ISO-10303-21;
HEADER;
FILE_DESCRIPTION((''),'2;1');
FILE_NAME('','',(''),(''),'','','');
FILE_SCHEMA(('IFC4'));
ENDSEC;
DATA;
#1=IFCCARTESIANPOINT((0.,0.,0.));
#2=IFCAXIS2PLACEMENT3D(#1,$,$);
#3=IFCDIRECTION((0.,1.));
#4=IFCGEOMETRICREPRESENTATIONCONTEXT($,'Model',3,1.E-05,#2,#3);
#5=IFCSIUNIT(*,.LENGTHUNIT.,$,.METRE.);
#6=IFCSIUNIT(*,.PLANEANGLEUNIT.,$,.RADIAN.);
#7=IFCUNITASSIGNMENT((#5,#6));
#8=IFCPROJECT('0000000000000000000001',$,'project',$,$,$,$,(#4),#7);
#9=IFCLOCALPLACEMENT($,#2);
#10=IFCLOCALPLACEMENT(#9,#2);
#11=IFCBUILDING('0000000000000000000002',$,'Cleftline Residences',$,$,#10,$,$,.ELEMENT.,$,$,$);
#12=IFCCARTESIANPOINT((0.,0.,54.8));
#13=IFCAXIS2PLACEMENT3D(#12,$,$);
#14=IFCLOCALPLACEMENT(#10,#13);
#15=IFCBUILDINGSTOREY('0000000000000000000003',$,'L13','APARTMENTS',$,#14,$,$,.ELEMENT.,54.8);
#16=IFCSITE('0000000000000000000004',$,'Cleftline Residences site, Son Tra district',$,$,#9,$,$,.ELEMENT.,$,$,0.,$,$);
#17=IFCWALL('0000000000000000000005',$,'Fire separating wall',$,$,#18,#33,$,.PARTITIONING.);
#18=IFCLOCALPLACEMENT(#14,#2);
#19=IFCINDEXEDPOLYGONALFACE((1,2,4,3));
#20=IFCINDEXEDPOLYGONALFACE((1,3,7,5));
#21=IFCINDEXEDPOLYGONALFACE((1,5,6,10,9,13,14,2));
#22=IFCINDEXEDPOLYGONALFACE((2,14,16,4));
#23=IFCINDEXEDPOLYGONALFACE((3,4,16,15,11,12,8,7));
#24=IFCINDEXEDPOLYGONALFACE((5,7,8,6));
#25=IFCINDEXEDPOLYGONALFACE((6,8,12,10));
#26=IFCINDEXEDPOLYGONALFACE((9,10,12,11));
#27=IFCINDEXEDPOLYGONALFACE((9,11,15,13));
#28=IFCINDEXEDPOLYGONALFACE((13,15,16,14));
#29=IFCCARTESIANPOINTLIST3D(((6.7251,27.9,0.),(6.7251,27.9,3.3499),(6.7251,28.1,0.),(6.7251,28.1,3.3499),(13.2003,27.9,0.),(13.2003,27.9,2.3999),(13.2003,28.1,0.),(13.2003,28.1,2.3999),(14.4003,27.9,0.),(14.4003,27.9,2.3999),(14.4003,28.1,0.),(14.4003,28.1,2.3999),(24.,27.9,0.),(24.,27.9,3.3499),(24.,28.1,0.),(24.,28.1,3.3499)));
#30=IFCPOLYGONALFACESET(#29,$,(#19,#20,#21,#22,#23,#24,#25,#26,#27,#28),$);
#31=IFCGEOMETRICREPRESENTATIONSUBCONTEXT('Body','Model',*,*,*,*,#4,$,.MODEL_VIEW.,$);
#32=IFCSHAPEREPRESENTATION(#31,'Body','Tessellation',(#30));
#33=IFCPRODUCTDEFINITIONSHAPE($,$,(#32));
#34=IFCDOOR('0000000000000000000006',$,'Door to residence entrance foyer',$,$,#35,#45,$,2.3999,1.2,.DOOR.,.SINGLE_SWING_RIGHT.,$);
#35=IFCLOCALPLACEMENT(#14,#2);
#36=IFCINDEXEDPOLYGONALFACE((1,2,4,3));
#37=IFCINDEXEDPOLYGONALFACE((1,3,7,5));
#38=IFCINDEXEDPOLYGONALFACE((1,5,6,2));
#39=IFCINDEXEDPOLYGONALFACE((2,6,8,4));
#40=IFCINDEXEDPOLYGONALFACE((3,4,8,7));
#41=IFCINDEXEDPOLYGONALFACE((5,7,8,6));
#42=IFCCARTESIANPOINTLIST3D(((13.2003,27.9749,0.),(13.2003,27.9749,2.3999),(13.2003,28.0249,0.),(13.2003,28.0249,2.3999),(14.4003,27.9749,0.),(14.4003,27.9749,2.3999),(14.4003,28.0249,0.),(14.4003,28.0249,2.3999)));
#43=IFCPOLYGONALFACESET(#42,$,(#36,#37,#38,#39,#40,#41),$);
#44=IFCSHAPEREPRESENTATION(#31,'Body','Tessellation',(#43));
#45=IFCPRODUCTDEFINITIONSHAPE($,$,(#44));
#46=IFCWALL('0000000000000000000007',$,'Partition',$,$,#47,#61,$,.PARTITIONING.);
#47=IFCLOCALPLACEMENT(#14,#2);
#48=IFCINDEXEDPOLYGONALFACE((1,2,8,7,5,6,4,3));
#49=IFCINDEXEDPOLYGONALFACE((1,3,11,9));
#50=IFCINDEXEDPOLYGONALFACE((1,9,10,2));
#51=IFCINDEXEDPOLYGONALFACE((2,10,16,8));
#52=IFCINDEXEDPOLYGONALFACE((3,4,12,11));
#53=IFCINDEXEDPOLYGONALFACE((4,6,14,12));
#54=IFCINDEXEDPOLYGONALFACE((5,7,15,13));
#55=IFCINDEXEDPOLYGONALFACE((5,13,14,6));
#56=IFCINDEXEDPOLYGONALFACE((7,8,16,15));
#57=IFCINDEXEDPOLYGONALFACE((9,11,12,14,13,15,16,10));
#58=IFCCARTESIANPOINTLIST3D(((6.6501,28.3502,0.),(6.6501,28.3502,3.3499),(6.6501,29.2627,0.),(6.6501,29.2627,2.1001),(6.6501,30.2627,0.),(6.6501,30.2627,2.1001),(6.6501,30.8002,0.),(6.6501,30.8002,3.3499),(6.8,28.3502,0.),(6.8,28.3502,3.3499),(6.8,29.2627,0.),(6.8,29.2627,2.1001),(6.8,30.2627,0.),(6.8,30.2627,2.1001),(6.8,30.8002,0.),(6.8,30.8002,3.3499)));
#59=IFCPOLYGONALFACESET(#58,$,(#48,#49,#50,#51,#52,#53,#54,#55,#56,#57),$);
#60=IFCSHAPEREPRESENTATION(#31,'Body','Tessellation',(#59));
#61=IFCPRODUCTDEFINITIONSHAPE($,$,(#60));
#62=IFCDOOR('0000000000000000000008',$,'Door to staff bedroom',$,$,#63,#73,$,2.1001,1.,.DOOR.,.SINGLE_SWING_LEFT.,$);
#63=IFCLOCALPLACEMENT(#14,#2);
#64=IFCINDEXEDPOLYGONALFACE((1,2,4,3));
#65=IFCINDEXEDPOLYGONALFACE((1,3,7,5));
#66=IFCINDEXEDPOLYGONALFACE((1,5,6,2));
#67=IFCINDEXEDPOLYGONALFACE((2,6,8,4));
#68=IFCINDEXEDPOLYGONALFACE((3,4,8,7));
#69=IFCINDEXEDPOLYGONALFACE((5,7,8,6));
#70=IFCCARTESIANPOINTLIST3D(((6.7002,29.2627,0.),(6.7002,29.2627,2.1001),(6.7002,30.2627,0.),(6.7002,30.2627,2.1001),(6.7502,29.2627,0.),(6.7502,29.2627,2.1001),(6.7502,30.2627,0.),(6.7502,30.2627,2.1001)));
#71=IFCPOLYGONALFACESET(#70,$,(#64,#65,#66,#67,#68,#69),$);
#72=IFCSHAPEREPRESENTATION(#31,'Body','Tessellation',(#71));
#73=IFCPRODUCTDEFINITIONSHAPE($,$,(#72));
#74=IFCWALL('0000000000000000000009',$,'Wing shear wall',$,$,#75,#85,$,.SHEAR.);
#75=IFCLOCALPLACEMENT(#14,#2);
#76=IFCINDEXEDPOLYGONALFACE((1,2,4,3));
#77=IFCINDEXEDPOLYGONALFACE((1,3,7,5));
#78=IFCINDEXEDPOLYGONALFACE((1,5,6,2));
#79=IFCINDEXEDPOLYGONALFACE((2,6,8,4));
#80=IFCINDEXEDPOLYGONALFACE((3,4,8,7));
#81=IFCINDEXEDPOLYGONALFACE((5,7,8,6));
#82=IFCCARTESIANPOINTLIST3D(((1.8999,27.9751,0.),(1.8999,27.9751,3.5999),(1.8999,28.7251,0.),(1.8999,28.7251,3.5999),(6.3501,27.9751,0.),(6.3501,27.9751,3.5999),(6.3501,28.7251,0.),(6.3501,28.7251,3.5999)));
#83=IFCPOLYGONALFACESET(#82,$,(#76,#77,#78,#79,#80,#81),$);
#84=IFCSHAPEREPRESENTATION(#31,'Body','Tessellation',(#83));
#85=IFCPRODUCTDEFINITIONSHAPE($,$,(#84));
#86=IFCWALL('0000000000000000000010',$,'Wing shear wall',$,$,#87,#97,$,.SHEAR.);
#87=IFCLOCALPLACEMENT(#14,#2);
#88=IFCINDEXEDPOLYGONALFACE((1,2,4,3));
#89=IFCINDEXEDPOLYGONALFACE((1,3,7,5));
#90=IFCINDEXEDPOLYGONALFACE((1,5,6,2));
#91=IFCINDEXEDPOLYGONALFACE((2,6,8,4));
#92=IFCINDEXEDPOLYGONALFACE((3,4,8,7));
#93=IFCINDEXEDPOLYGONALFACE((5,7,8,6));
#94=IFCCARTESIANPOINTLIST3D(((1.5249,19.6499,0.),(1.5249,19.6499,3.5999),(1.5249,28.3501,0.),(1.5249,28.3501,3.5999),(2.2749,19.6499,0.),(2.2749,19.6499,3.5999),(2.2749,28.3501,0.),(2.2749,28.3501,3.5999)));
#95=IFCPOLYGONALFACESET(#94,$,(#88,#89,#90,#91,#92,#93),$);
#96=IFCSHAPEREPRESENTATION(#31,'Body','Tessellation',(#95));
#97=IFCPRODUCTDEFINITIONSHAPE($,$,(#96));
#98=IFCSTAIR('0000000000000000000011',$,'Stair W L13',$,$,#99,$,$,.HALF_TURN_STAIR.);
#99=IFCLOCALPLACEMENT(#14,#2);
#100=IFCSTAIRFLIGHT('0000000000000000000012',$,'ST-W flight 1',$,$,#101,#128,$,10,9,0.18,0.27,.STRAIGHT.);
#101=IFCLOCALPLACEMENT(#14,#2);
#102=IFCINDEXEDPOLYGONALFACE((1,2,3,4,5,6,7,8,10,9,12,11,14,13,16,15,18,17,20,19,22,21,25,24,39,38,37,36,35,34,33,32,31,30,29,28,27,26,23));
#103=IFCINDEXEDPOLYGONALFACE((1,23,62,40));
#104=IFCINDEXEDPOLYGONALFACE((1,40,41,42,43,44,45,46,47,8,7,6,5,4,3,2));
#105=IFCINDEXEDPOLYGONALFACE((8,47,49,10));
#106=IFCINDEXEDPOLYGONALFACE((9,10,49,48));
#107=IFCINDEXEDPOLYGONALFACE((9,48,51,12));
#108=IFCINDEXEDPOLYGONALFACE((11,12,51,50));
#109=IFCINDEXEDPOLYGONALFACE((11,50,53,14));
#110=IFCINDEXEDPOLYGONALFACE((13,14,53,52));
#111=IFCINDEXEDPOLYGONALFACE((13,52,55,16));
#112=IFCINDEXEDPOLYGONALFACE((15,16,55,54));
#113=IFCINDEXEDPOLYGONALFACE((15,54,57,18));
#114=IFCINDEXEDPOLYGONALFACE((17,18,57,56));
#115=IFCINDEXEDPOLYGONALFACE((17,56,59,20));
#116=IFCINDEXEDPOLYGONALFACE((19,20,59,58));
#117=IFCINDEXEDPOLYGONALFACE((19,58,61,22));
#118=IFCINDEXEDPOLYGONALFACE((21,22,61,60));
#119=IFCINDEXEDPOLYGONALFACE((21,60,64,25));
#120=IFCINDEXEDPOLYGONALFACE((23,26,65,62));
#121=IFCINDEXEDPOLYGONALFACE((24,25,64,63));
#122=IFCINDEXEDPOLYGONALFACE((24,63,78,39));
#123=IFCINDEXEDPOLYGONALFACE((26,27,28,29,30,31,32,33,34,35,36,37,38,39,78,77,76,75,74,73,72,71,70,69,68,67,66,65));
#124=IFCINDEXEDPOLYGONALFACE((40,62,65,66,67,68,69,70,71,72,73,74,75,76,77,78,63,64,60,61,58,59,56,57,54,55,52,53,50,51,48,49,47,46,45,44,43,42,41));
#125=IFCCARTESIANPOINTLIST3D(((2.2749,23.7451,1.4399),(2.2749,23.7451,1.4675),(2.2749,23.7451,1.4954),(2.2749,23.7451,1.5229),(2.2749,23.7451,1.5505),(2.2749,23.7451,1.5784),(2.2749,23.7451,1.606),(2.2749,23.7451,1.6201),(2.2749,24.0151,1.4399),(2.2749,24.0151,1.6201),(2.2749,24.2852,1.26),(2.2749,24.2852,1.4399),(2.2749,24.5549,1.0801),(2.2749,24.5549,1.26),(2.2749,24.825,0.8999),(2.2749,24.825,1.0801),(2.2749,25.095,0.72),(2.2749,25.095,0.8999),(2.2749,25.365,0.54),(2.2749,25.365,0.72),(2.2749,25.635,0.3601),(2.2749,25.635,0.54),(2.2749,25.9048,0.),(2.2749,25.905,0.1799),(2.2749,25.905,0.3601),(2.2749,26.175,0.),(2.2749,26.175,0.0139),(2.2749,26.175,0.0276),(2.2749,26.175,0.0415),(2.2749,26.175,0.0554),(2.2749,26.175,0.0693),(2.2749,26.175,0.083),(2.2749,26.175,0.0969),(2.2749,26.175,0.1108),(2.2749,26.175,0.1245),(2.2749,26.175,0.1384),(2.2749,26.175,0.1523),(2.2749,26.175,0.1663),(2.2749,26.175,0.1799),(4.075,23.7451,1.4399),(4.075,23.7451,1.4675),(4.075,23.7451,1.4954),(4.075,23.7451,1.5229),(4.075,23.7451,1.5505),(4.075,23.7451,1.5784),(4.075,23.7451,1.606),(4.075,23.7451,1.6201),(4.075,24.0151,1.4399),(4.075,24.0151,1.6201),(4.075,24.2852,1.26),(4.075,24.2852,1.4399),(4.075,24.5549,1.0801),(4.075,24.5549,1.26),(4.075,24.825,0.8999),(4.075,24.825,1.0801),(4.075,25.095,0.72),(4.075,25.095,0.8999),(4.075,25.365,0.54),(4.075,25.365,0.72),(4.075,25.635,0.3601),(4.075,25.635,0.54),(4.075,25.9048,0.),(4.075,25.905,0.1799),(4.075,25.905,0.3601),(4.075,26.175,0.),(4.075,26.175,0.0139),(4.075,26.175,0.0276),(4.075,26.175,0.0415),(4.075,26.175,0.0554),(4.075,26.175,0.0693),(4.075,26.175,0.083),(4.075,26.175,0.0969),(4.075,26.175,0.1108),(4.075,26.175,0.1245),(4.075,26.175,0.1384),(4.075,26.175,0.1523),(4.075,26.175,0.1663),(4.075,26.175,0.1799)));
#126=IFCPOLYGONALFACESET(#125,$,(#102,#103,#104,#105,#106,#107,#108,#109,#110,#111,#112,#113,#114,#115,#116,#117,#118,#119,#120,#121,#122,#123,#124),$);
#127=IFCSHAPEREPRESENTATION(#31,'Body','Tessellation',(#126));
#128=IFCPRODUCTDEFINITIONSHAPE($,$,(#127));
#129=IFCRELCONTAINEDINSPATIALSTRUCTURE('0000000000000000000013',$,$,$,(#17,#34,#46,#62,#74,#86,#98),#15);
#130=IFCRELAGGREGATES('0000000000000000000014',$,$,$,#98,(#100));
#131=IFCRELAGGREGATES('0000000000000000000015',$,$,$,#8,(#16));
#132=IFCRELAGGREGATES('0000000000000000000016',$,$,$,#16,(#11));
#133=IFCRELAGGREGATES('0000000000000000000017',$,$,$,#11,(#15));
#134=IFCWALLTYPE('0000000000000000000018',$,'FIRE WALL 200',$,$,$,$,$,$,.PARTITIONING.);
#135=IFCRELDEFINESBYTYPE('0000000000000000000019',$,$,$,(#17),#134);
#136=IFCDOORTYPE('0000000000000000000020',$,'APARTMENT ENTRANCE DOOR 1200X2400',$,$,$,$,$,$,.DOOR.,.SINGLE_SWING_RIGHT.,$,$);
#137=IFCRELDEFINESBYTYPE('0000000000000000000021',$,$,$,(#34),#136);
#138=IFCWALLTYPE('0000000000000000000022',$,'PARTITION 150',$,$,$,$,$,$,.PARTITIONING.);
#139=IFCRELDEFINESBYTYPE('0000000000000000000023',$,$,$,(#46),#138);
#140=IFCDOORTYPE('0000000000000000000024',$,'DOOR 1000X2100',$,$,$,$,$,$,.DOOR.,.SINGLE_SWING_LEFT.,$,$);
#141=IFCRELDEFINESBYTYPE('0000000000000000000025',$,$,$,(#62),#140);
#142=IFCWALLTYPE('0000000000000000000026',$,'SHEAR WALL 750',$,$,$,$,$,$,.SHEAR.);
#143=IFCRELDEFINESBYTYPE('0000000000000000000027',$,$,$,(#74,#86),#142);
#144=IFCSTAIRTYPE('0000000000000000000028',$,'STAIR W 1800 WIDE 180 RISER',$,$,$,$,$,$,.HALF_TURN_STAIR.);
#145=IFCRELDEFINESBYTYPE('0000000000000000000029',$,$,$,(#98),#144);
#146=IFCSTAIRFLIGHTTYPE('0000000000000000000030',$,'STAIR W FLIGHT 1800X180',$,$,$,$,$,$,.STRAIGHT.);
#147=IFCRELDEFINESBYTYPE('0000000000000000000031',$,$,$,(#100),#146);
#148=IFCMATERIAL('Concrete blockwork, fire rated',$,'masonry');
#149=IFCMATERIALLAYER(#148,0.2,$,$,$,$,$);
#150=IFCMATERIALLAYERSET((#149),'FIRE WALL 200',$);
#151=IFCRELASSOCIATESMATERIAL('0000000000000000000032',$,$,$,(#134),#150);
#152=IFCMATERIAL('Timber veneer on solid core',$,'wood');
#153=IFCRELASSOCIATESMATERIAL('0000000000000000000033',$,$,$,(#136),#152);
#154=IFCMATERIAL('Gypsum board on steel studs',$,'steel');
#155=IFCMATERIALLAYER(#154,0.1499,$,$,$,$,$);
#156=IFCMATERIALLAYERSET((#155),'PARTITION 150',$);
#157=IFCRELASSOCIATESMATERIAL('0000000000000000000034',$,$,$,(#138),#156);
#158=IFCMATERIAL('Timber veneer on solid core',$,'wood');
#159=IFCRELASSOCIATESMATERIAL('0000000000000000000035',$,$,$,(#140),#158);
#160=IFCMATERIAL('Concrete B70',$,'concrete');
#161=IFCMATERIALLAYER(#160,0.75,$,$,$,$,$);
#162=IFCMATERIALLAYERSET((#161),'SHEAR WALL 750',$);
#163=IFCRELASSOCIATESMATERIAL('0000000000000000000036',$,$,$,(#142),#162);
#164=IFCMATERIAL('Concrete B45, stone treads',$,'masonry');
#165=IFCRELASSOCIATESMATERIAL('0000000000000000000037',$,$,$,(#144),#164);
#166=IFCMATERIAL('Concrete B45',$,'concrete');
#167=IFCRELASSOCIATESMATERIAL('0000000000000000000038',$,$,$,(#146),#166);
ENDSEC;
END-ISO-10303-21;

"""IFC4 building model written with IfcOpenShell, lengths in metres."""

from ifc_helpers import new_model, si_unit, direction, frame, frame_2d, origin, place, context, subcontext, project, spatial, polyline, rectangle, outline, extrude, material, layer, layer_set, type_object, element, fill, aggregate, save


model = new_model("IFC4")

# Units and contexts
model_context = context("Model", 3, precision=1e-05, world=origin(), true_north=direction((0.0, 1.0)))
body_context = subcontext(model_context, "Body", "Model", "MODEL_VIEW")
ifc_project = project(units=[si_unit("LENGTHUNIT", "METRE"), si_unit("PLANEANGLEUNIT", "RADIAN")], contexts=[model_context])

# Site, building, storey
site_placement = place(None, origin())
site = spatial("IfcSite", under=ifc_project, at=site_placement, Name="Cleftline Residences site, Son Tra district", CompositionType="ELEMENT", RefElevation=0.0)
building_placement = place(site_placement, origin())
building = spatial("IfcBuilding", under=site, at=building_placement, Name="Cleftline Residences", CompositionType="ELEMENT")
storey_placement = place(building_placement, frame((0.0, 0.0, 54.8)))
storey = spatial("IfcBuildingStorey", under=building, at=storey_placement, Name="L13", Description="APARTMENTS", CompositionType="ELEMENT", Elevation=54.8)

# Walls, openings, doors
ifc_material_1 = material(Name="Concrete blockwork, fire rated", Category="masonry")
ifc_layer_1 = layer(ifc_material_1, 0.2)
ifc_layer_set_1 = layer_set([ifc_layer_1], Name="FIRE WALL 200")
wall_type_1 = type_object("IfcWallType", Name="FIRE WALL 200", PredefinedType="PARTITIONING", material=ifc_layer_set_1)
wall_1_placement = place(storey_placement, frame((6.7251, 28.0, 0.0), z_axis=(0.0, 0.0, 1.0), x_axis=(1.0, 0.0, 0.0)))
wall_1 = element("IfcWall", 1, at=wall_1_placement, inside=storey, type_object=wall_type_1, Name="Fire separating wall", PredefinedType="PARTITIONING", context=body_context, shape_type="SweptSolid", body=[
    extrude(rectangle(XDim=17.2749, YDim=0.2, at=frame_2d((8.6375, 0.0))), origin(), (0.0, 0.0, 1.0), 3.3499),
])
opening_1_placement = place(wall_1_placement, frame((6.4751, 0.0, 0.0)))
opening_1 = element("IfcOpeningElement", 2, at=opening_1_placement, cuts=wall_1, PredefinedType="OPENING", context=body_context, shape_type="SweptSolid", body=[
    extrude(rectangle(XDim=1.2, YDim=2.3999, at=frame_2d((0.6001, 1.2))), frame((0.0, 0.1099, 0.0), z_axis=(0.0, -1.0, 0.0), x_axis=(1.0, 0.0, 0.0)), (0.0, 0.0, 1.0), 0.22),
])
ifc_material_2 = material(Name="Timber veneer on solid core", Category="wood")
door_type_1 = type_object("IfcDoorType", Name="APARTMENT ENTRANCE DOOR 1200X2400", OperationType="SINGLE_SWING_RIGHT", PredefinedType="DOOR", material=ifc_material_2)
door_1_placement = place(opening_1_placement, origin())
door_1 = element("IfcDoor", 3, at=door_1_placement, inside=storey, type_object=door_type_1, Name="Door to residence entrance foyer", OperationType="SINGLE_SWING_RIGHT", OverallHeight=2.3999, OverallWidth=1.2, PredefinedType="DOOR", context=body_context, shape_type="SweptSolid", body=[
    extrude(rectangle(XDim=1.2, YDim=2.3999, at=frame_2d((0.6001, 1.2))), frame((0.0, 0.0249, 0.0), z_axis=(0.0, -1.0, 0.0), x_axis=(1.0, 0.0, 0.0)), (0.0, 0.0, 1.0), 0.05),
])
fill(opening_1, door_1)
ifc_material_3 = material(Name="Gypsum board on steel studs", Category="steel")
ifc_layer_2 = layer(ifc_material_3, 0.1499)
ifc_layer_set_2 = layer_set([ifc_layer_2], Name="PARTITION 150")
wall_type_2 = type_object("IfcWallType", Name="PARTITION 150", PredefinedType="PARTITIONING", material=ifc_layer_set_2)
wall_2_placement = place(storey_placement, frame((6.7251, 28.3501, 0.0), z_axis=(0.0, 0.0, 1.0), x_axis=(0.0, 1.0, 0.0)))
wall_2 = element("IfcWall", 4, at=wall_2_placement, inside=storey, type_object=wall_type_2, Name="Partition", PredefinedType="PARTITIONING", context=body_context, shape_type="SweptSolid", body=[
    extrude(rectangle(XDim=2.45, YDim=0.1499, at=frame_2d((1.2251, 0.0))), origin(), (0.0, 0.0, 1.0), 3.3499),
])
opening_2_placement = place(wall_2_placement, frame((0.9126, 0.0, 0.0)))
opening_2 = element("IfcOpeningElement", 5, at=opening_2_placement, cuts=wall_2, PredefinedType="OPENING", context=body_context, shape_type="SweptSolid", body=[
    extrude(rectangle(XDim=1.0, YDim=2.1001, at=frame_2d((0.5, 1.05))), frame((0.0, 0.085, 0.0), z_axis=(0.0, -1.0, 0.0), x_axis=(1.0, 0.0, 0.0)), (0.0, 0.0, 1.0), 0.1699),
])
ifc_material_4 = material(Name="Timber veneer on solid core", Category="wood")
door_type_2 = type_object("IfcDoorType", Name="DOOR 1000X2100", OperationType="SINGLE_SWING_LEFT", PredefinedType="DOOR", material=ifc_material_4)
door_2_placement = place(opening_2_placement, origin())
door_2 = element("IfcDoor", 6, at=door_2_placement, inside=storey, type_object=door_type_2, Name="Door to staff bedroom", OperationType="SINGLE_SWING_LEFT", OverallHeight=2.1001, OverallWidth=1.0, PredefinedType="DOOR", context=body_context, shape_type="SweptSolid", body=[
    extrude(rectangle(XDim=1.0, YDim=2.1001, at=frame_2d((0.5, 1.05))), frame((0.0, 0.0249, 0.0), z_axis=(0.0, -1.0, 0.0), x_axis=(1.0, 0.0, 0.0)), (0.0, 0.0, 1.0), 0.05),
])
fill(opening_2, door_2)

# Walls
ifc_material_5 = material(Name="Concrete B70", Category="concrete")
ifc_layer_3 = layer(ifc_material_5, 0.75)
ifc_layer_set_3 = layer_set([ifc_layer_3], Name="SHEAR WALL 750")
wall_type_3 = type_object("IfcWallType", Name="SHEAR WALL 750", PredefinedType="SHEAR", material=ifc_layer_set_3)
wall_3_placement = place(storey_placement, frame((6.3501, 28.3501, 0.0), z_axis=(0.0, 0.0, 1.0), x_axis=(-1.0, 0.0, 0.0)))
element("IfcWall", 7, at=wall_3_placement, inside=storey, type_object=wall_type_3, Name="Wing shear wall", PredefinedType="SHEAR", context=body_context, shape_type="SweptSolid", body=[
    extrude(rectangle(XDim=4.4502, YDim=0.75, at=frame_2d((2.2251, 0.0))), origin(), (0.0, 0.0, 1.0), 3.5999),
])
wall_4_placement = place(storey_placement, frame((1.8999, 28.3501, 0.0), z_axis=(0.0, 0.0, 1.0), x_axis=(0.0, -1.0, 0.0)))
element("IfcWall", 8, at=wall_4_placement, inside=storey, type_object=wall_type_3, Name="Wing shear wall", PredefinedType="SHEAR", context=body_context, shape_type="SweptSolid", body=[
    extrude(rectangle(XDim=8.7002, YDim=0.75, at=frame_2d((4.3501, 0.0))), origin(), (0.0, 0.0, 1.0), 3.5999),
])

# Stair, stair flight
ifc_material_6 = material(Name="Concrete B45, stone treads", Category="masonry")
stair_type = type_object("IfcStairType", Name="STAIR W 1800 WIDE 180 RISER", PredefinedType="HALF_TURN_STAIR", material=ifc_material_6)
stair_placement = place(storey_placement, origin())
stair = element("IfcStair", 9, at=stair_placement, inside=storey, type_object=stair_type, Name="Stair W L13", PredefinedType="HALF_TURN_STAIR")
ifc_material_7 = material(Name="Concrete B45", Category="concrete")
stair_flight_type = type_object("IfcStairFlightType", Name="STAIR W FLIGHT 1800X180", PredefinedType="STRAIGHT", material=ifc_material_7)
stair_flight_1_placement = place(storey_placement, frame((3.175, 26.175, 0.0), z_axis=(0.0, 0.0, 1.0), x_axis=(0.0, -1.0, 0.0)))
stair_flight_1 = element("IfcStairFlight", 10, at=stair_flight_1_placement, type_object=stair_flight_type, Name="ST-W flight 1", NumberOfRisers=10, NumberOfTreads=9, PredefinedType="STRAIGHT", RiserHeight=0.18, TreadLength=0.27, context=body_context, shape_type="SweptSolid", body=[
    extrude(outline(polyline([(0.0, 0.0), (0.0, 0.0139), (0.0, 0.0276), (0.0, 0.0415), (0.0, 0.0554), (0.0, 0.0693), (0.0, 0.083), (0.0, 0.0969), (0.0, 0.1108), (0.0, 0.1245), (0.0, 0.1384), (0.0, 0.1523), (0.0, 0.1663), (0.0, 0.1799), (0.27, 0.1799), (0.27, 0.3601), (0.54, 0.3601), (0.54, 0.54), (0.8101, 0.54), (0.8101, 0.72), (1.0801, 0.72), (1.0801, 0.8999), (1.3501, 0.8999), (1.3501, 1.0801), (1.6201, 1.0801), (1.6201, 1.26), (1.8899, 1.26), (1.8899, 1.4399), (2.1599, 1.4399), (2.1599, 1.6201), (2.4299, 1.6201), (2.4299, 1.8), (2.4299, 1.7722), (2.4299, 1.7446), (2.4299, 1.7168), (2.4299, 1.6892), (2.4299, 1.6614), (2.4299, 1.6338), (2.4299, 1.606), (2.4299, 1.5784), (2.4299, 1.5505), (2.4299, 1.5229), (2.4299, 1.4954), (2.4299, 1.4675), (2.4299, 1.4399), (0.2703, 0.0), (0.0, 0.0)])), frame((0.0, 0.8999, 0.0), z_axis=(0.0, -1.0, 0.0), x_axis=(1.0, 0.0, 0.0)), (0.0, 0.0, 1.0), 1.8),
])
aggregate(stair, [stair_flight_1])

save(model, "model.ifc")
